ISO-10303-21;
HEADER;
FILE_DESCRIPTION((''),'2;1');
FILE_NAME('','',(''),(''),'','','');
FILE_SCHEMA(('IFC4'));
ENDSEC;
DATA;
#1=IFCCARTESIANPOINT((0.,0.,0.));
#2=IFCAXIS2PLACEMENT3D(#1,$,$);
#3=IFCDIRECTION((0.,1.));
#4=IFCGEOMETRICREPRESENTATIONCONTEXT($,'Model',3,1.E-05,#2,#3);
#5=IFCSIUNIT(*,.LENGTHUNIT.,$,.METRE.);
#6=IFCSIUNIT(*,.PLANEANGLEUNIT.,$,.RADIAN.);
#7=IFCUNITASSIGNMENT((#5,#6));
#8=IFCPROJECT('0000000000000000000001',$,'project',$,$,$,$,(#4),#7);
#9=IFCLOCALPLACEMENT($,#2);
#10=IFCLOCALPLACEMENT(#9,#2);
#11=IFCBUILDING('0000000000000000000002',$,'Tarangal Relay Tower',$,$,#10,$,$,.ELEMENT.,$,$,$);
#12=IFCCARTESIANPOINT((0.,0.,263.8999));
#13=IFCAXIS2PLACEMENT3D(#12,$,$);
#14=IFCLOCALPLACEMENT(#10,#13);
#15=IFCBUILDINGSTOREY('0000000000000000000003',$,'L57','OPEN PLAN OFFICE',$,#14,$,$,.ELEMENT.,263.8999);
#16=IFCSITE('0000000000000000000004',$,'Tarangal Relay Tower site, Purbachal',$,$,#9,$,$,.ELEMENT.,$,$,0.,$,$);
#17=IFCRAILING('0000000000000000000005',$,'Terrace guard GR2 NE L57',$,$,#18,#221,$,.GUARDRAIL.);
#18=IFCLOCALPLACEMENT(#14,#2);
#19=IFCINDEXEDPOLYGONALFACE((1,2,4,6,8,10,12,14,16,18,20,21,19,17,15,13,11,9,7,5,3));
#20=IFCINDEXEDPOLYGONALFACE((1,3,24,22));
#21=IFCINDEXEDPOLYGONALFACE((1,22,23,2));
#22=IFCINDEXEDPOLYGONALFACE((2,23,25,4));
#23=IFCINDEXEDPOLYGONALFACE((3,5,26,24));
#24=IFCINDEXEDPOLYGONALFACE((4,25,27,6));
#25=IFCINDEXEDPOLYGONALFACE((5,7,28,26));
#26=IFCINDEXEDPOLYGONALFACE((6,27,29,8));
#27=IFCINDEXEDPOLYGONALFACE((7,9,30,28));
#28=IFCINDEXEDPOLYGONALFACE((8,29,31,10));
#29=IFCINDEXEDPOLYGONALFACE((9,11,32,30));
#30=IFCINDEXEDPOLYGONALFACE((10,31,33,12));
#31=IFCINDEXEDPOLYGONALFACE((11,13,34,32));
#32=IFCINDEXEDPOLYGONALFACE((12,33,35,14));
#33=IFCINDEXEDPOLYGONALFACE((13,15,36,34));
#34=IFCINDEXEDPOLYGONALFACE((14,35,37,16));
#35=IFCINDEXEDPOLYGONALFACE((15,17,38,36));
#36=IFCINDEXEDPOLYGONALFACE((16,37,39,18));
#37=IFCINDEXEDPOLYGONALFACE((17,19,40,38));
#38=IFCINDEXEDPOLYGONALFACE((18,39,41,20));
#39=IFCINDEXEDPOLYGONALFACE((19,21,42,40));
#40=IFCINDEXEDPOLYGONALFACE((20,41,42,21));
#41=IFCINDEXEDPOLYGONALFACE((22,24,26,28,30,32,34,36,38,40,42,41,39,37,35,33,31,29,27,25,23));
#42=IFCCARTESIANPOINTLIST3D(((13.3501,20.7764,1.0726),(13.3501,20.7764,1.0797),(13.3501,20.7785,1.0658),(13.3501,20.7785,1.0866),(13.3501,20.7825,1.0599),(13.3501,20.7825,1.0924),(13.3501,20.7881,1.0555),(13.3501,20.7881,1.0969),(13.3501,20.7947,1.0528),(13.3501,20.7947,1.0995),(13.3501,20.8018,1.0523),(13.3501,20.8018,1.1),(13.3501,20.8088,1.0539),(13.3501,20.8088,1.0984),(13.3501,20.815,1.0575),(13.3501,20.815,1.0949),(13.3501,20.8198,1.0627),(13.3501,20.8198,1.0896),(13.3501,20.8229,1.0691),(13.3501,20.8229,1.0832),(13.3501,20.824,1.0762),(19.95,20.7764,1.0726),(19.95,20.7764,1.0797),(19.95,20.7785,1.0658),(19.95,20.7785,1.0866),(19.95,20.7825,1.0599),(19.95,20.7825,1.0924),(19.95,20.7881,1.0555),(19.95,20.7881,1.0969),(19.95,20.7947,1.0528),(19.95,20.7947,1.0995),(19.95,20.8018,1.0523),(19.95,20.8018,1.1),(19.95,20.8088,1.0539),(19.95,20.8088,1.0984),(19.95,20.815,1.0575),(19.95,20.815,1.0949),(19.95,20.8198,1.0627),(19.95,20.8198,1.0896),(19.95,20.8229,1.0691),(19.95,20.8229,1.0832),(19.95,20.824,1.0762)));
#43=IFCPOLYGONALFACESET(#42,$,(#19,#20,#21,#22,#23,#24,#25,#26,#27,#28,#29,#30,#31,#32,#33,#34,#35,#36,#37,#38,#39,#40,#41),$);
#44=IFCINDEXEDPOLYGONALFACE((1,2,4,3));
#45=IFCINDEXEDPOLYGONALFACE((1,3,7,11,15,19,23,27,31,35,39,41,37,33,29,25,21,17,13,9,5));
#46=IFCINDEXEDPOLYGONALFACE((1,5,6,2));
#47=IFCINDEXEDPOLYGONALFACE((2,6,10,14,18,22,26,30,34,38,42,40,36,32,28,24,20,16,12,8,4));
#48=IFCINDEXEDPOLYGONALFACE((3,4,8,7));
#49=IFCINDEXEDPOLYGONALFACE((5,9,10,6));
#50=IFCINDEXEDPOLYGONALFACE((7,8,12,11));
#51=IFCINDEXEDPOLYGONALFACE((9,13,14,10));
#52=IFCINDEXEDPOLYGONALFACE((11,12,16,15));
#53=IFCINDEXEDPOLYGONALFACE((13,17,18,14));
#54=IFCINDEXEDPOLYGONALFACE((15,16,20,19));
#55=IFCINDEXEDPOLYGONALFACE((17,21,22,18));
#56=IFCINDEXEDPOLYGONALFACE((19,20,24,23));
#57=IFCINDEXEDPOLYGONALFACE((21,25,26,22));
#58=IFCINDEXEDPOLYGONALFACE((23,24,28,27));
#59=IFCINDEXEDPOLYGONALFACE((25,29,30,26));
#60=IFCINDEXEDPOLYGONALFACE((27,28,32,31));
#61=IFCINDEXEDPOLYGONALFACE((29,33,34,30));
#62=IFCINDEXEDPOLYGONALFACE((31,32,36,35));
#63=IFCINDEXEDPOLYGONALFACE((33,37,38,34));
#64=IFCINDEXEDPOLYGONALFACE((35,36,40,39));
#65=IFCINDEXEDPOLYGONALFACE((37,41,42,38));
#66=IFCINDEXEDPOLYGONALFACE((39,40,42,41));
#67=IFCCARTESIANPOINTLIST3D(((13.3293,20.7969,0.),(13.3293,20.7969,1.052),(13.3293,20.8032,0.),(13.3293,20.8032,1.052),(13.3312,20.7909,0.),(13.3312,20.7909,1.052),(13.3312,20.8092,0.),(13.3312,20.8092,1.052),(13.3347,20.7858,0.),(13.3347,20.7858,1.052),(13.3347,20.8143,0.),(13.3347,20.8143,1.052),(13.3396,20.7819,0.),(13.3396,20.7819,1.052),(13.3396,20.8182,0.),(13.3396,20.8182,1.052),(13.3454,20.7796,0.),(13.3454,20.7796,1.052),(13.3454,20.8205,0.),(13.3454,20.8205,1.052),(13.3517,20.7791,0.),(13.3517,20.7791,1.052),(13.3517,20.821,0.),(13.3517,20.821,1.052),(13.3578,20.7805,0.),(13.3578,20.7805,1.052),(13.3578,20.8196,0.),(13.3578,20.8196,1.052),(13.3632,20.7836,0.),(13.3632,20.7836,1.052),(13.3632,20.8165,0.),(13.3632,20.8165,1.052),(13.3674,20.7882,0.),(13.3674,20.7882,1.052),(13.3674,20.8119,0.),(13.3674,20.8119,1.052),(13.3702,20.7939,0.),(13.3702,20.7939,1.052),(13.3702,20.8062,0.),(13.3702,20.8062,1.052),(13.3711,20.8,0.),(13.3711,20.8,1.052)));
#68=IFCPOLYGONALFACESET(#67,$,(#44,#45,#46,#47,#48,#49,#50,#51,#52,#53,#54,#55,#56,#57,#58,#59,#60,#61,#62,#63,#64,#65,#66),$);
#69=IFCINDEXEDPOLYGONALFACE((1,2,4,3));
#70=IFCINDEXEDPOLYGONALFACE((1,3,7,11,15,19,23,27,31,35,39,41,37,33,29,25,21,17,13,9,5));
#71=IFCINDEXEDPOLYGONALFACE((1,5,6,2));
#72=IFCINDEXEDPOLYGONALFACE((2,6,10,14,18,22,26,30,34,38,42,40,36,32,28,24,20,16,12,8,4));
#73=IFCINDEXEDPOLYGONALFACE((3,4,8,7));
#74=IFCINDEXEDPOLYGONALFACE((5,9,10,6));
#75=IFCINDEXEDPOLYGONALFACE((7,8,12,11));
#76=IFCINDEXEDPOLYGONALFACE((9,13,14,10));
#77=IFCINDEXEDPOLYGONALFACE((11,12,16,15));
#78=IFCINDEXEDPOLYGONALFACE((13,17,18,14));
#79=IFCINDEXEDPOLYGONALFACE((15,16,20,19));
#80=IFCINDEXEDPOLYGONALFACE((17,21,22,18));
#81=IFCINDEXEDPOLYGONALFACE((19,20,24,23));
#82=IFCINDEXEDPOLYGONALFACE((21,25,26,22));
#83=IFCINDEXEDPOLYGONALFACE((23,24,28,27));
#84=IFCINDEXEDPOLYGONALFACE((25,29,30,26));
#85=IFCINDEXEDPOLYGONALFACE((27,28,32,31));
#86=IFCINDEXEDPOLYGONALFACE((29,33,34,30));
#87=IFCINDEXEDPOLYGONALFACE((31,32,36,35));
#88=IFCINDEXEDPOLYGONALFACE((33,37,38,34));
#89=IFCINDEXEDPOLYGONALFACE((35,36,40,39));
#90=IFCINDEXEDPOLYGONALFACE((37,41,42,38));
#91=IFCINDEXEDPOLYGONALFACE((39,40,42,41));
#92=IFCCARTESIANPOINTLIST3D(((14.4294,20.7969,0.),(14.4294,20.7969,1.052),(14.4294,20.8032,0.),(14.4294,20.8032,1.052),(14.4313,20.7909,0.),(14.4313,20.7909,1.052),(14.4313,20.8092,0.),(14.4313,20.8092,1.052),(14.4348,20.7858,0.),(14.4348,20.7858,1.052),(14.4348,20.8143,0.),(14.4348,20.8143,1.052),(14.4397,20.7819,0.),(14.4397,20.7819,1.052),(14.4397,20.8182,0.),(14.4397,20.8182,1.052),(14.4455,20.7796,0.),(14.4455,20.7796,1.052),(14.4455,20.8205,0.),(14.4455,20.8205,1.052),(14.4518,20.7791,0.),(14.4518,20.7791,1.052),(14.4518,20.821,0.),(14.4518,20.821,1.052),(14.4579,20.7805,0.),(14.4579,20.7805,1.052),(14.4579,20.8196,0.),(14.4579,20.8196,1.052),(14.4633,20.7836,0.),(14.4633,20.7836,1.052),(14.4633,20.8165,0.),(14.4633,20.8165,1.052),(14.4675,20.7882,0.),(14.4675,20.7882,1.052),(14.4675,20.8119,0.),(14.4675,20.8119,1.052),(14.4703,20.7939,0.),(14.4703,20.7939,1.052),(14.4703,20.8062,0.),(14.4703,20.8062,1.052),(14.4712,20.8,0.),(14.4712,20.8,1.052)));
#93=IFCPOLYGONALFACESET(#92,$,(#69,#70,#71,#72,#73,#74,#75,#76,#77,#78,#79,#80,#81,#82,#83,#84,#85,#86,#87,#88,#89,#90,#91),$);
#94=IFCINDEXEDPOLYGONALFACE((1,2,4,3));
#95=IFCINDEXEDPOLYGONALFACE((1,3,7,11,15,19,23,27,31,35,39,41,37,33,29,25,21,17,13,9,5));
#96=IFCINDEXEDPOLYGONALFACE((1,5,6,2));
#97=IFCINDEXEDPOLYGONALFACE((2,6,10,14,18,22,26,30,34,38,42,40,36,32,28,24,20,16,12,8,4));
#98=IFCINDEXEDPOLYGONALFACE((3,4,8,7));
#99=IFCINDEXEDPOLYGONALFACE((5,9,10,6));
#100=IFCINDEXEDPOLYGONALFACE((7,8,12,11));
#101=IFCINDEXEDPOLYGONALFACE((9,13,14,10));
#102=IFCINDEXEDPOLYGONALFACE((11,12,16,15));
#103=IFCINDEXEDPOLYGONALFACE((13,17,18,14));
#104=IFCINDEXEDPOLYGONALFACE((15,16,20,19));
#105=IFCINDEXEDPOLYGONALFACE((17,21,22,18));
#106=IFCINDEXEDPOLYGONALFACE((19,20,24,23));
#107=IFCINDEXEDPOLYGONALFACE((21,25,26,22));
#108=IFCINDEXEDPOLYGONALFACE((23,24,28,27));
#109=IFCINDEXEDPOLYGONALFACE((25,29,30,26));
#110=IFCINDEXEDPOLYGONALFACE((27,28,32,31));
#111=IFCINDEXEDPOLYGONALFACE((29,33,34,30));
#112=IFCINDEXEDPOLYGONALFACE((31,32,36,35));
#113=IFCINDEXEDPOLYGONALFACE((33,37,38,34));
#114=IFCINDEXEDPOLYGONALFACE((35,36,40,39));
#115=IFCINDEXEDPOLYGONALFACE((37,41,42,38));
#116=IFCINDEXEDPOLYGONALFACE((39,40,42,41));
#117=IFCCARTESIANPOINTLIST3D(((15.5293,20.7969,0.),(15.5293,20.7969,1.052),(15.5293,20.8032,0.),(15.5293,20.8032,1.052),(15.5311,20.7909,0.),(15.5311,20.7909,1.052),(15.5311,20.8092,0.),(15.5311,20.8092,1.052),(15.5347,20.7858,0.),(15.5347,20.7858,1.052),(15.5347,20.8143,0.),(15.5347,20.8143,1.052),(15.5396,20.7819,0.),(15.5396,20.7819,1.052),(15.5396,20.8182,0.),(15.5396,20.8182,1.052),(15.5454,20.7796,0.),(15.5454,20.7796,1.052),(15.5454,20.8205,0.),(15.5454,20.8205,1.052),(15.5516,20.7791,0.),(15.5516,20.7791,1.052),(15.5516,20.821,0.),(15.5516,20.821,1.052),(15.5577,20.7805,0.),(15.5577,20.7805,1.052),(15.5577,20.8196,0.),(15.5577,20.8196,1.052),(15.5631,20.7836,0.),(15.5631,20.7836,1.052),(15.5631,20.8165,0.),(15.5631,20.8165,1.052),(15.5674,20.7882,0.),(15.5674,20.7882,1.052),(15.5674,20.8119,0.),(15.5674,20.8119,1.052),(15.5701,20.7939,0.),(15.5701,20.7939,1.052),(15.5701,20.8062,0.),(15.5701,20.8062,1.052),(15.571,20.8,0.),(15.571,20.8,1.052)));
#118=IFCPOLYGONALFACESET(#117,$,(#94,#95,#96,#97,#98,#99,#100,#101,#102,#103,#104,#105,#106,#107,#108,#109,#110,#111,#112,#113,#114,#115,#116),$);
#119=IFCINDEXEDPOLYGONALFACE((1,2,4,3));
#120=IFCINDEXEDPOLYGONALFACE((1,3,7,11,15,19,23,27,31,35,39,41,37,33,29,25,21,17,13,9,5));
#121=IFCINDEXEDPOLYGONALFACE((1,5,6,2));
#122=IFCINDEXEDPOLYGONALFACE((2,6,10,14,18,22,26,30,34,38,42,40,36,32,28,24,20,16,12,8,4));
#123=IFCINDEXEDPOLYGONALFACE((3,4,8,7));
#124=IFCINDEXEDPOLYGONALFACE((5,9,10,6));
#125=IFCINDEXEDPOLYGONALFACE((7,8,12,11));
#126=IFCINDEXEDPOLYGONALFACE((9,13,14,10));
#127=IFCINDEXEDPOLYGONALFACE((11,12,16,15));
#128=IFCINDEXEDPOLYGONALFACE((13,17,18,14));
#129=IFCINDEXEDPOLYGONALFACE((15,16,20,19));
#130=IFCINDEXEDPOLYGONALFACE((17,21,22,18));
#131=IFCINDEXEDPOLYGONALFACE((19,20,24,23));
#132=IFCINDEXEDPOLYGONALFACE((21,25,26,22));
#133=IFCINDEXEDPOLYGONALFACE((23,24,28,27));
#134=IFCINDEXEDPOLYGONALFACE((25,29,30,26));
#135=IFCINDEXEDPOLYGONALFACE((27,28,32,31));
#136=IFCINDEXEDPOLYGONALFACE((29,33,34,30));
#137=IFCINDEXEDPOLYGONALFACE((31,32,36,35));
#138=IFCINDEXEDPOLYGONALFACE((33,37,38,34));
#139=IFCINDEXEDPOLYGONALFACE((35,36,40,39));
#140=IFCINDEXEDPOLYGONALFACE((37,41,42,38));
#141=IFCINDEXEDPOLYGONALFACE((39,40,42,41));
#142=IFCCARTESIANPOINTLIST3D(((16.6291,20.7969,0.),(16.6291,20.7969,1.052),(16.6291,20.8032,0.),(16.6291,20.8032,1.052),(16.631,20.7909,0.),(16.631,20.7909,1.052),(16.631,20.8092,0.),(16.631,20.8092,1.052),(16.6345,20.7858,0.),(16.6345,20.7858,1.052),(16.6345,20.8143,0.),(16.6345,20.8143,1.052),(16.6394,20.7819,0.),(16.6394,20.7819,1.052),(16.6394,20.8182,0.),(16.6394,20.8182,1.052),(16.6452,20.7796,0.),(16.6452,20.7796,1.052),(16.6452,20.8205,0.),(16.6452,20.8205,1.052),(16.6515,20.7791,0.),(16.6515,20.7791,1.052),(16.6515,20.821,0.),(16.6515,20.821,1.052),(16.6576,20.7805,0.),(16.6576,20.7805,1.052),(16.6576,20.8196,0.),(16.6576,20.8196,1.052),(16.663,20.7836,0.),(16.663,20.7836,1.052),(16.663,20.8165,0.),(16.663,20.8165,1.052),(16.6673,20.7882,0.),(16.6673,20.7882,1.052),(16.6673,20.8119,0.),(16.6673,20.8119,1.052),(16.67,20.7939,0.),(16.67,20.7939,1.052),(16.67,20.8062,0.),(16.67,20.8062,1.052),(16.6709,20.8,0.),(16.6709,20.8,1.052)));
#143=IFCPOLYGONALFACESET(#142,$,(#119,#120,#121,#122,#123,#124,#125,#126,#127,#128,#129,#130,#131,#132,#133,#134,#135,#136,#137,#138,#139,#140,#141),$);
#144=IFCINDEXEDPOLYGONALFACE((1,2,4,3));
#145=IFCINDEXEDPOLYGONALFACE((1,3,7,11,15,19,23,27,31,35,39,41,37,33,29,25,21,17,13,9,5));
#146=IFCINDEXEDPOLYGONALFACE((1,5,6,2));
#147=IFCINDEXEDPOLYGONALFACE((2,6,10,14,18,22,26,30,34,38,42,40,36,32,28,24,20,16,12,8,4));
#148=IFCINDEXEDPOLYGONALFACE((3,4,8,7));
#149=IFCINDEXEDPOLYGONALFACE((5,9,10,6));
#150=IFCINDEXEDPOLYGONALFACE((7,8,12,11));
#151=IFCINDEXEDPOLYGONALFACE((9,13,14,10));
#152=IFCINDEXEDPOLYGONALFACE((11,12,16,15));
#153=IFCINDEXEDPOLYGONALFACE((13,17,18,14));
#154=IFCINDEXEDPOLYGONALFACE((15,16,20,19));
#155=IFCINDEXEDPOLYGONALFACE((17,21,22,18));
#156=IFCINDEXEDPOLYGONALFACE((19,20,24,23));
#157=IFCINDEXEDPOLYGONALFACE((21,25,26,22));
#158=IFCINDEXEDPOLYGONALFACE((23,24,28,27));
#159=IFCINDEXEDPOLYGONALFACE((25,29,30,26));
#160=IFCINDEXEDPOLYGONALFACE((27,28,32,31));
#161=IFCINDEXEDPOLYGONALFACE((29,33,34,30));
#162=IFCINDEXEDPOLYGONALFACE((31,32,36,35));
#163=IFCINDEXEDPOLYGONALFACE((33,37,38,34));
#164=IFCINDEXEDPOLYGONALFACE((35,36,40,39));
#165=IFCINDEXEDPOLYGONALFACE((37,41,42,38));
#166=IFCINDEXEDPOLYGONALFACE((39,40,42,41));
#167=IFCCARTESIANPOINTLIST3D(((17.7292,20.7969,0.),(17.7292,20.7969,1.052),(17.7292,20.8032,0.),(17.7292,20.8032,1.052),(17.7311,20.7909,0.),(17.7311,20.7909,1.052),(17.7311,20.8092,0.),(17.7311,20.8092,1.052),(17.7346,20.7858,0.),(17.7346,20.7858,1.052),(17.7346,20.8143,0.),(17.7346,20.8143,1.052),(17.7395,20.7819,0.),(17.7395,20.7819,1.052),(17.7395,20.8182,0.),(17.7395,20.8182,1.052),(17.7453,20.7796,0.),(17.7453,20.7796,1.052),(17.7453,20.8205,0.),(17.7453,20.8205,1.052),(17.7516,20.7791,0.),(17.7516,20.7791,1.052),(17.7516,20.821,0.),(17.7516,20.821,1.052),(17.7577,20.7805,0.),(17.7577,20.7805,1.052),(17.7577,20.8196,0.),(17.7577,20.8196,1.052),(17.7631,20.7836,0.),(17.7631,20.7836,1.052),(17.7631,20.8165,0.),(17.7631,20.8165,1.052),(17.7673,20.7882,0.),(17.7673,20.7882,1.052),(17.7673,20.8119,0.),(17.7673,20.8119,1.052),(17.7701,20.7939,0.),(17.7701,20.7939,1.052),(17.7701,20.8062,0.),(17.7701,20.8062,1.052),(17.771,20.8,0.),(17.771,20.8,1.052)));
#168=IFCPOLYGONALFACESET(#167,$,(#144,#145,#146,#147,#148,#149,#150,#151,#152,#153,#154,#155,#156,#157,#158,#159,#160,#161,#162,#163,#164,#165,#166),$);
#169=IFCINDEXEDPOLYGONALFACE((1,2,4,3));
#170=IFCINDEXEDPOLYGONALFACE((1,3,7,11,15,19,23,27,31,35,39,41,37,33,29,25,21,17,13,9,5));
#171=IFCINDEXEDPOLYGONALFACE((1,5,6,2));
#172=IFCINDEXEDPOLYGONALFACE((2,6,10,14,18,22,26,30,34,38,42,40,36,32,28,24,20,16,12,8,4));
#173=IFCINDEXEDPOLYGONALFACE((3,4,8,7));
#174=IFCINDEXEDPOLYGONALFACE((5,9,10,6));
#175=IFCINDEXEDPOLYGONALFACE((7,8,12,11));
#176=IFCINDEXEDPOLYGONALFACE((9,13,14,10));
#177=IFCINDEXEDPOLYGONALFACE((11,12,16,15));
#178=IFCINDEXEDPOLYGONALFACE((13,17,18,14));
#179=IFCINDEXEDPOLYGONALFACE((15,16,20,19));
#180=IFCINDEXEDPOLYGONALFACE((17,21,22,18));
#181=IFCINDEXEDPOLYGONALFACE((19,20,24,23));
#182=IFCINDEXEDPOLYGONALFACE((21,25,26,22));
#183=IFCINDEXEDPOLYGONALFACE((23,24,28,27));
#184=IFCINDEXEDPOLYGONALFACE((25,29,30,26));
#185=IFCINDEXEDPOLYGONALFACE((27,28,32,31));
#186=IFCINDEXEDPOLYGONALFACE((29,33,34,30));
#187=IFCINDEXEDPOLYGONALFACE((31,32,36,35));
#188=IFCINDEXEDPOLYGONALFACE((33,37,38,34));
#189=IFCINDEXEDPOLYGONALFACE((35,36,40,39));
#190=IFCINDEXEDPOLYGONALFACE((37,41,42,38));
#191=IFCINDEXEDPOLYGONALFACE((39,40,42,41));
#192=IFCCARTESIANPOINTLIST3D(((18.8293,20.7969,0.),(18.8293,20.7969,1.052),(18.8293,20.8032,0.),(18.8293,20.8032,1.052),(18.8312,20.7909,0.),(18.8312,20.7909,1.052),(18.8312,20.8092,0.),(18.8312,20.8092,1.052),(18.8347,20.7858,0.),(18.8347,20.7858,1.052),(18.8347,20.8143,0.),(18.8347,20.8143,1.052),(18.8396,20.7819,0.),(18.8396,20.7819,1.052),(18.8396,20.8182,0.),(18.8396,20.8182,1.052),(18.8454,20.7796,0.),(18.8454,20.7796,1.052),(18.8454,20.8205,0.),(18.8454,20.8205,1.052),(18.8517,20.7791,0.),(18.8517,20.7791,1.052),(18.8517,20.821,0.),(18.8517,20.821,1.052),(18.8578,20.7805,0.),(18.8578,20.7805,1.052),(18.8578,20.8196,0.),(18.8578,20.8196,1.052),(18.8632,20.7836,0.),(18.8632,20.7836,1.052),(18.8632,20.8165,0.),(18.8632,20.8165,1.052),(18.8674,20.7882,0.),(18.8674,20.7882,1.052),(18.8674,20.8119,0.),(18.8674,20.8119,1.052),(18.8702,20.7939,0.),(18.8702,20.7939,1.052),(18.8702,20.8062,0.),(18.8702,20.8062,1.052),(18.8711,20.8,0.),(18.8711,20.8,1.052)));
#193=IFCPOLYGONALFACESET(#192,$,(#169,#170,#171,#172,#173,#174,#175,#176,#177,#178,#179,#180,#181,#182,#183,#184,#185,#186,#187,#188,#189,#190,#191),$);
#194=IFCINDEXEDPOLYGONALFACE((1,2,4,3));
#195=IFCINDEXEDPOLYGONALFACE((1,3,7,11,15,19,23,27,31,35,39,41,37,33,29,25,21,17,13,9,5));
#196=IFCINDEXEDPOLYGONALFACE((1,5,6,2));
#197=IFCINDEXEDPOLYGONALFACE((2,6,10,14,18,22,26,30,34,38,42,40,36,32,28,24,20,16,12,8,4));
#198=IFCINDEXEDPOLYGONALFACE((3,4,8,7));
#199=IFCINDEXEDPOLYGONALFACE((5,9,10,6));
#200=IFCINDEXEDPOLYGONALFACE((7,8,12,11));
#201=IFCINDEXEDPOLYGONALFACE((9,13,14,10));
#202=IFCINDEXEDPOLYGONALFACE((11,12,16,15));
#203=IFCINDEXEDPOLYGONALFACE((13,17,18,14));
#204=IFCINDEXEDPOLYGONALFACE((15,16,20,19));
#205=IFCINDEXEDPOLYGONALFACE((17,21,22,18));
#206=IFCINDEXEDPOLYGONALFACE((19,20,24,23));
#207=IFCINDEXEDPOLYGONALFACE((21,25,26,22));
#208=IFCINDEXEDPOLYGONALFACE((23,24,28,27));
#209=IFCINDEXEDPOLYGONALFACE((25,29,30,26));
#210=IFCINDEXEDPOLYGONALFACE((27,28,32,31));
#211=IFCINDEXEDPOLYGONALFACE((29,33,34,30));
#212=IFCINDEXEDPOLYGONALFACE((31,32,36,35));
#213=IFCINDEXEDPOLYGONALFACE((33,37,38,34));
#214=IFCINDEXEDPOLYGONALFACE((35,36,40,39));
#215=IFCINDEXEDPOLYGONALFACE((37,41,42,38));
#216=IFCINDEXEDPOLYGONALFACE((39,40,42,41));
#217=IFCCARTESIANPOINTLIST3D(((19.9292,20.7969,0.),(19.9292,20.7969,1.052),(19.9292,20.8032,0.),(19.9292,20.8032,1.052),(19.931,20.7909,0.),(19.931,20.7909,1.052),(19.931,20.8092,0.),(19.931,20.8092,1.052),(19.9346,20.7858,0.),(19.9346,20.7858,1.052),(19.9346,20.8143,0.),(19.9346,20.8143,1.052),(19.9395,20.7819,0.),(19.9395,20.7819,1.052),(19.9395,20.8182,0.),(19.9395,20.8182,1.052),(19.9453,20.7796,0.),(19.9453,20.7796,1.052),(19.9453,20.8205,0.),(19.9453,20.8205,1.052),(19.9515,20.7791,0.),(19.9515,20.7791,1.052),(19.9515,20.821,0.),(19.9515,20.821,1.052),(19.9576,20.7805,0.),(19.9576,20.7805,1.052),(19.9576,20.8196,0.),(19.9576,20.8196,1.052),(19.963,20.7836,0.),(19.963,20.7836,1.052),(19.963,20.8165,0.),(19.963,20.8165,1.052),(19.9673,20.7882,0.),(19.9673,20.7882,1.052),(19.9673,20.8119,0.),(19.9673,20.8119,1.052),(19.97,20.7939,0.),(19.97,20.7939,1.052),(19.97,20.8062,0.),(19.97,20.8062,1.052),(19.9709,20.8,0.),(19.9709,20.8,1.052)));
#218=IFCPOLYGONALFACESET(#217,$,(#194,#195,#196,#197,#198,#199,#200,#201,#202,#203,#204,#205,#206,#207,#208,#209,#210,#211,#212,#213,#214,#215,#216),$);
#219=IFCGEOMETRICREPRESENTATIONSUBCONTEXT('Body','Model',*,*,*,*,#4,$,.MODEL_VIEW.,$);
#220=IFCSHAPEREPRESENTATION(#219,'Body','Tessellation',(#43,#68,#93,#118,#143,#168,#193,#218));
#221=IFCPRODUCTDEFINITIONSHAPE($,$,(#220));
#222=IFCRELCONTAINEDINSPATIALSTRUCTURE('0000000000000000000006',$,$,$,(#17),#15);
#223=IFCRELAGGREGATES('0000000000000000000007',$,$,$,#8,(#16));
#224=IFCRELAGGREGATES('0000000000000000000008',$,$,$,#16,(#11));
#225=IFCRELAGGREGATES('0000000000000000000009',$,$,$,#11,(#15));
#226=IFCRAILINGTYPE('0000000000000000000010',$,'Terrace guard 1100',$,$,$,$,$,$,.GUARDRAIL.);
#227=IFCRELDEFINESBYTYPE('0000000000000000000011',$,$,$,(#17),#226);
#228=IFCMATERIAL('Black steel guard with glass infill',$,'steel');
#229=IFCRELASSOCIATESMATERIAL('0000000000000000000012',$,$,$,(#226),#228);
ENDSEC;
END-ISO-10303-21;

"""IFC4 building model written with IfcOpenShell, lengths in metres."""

from ifc_helpers import new_model, si_unit, direction, frame, origin, origin_2d, place, context, subcontext, project, spatial, circle, extrude, material, type_object, element, save


model = new_model("IFC4")

# Units and contexts
model_context = context("Model", 3, precision=1e-05, world=origin(), true_north=direction((0.0, 1.0)))
body_context = subcontext(model_context, "Body", "Model", "MODEL_VIEW")
ifc_project = project(units=[si_unit("LENGTHUNIT", "METRE"), si_unit("PLANEANGLEUNIT", "RADIAN")], contexts=[model_context])

# Site, building, storey
site_placement = place(None, origin())
site = spatial("IfcSite", under=ifc_project, at=site_placement, Name="Tarangal Relay Tower site, Purbachal", CompositionType="ELEMENT", RefElevation=0.0)
building_placement = place(site_placement, origin())
building = spatial("IfcBuilding", under=site, at=building_placement, Name="Tarangal Relay Tower", CompositionType="ELEMENT")
storey_placement = place(building_placement, frame((0.0, 0.0, 263.8999)))
storey = spatial("IfcBuildingStorey", under=building, at=storey_placement, Name="L57", Description="OPEN PLAN OFFICE", CompositionType="ELEMENT", Elevation=263.8999)

# Railing
ifc_material_1 = material(Name="Black steel guard with glass infill", Category="steel")
railing_type = type_object("IfcRailingType", Name="Terrace guard 1100", PredefinedType="GUARDRAIL", material=ifc_material_1)
railing_1_placement = place(storey_placement, frame((13.3501, 20.8, 0.0)))
element("IfcRailing", 1, at=railing_1_placement, inside=storey, type_object=railing_type, Name="Terrace guard GR2 NE L57", PredefinedType="GUARDRAIL", context=body_context, shape_type="SweptSolid", body=[
    extrude(circle(Radius=0.0239, at=origin_2d()), frame((0.0, 0.0, 1.0762), z_axis=(1.0, 0.0, 0.0), x_axis=(0.0, 1.0, 0.0)), (0.0, 0.0, 1.0), 6.5999),
    extrude(circle(Radius=0.021, at=origin_2d()), origin(), (0.0, 0.0, 1.0), 1.052),
    extrude(circle(Radius=0.021, at=origin_2d()), frame((1.1001, 0.0, 0.0)), (0.0, 0.0, 1.0), 1.052),
    extrude(circle(Radius=0.021, at=origin_2d()), frame((2.2, 0.0, 0.0)), (0.0, 0.0, 1.0), 1.052),
    extrude(circle(Radius=0.021, at=origin_2d()), frame((3.2998, 0.0, 0.0)), (0.0, 0.0, 1.0), 1.052),
    extrude(circle(Radius=0.021, at=origin_2d()), frame((4.3999, 0.0, 0.0)), (0.0, 0.0, 1.0), 1.052),
    extrude(circle(Radius=0.021, at=origin_2d()), frame((5.5, 0.0, 0.0)), (0.0, 0.0, 1.0), 1.052),
    extrude(circle(Radius=0.021, at=origin_2d()), frame((6.5999, 0.0, 0.0)), (0.0, 0.0, 1.0), 1.052),
])

save(model, "model.ifc")
